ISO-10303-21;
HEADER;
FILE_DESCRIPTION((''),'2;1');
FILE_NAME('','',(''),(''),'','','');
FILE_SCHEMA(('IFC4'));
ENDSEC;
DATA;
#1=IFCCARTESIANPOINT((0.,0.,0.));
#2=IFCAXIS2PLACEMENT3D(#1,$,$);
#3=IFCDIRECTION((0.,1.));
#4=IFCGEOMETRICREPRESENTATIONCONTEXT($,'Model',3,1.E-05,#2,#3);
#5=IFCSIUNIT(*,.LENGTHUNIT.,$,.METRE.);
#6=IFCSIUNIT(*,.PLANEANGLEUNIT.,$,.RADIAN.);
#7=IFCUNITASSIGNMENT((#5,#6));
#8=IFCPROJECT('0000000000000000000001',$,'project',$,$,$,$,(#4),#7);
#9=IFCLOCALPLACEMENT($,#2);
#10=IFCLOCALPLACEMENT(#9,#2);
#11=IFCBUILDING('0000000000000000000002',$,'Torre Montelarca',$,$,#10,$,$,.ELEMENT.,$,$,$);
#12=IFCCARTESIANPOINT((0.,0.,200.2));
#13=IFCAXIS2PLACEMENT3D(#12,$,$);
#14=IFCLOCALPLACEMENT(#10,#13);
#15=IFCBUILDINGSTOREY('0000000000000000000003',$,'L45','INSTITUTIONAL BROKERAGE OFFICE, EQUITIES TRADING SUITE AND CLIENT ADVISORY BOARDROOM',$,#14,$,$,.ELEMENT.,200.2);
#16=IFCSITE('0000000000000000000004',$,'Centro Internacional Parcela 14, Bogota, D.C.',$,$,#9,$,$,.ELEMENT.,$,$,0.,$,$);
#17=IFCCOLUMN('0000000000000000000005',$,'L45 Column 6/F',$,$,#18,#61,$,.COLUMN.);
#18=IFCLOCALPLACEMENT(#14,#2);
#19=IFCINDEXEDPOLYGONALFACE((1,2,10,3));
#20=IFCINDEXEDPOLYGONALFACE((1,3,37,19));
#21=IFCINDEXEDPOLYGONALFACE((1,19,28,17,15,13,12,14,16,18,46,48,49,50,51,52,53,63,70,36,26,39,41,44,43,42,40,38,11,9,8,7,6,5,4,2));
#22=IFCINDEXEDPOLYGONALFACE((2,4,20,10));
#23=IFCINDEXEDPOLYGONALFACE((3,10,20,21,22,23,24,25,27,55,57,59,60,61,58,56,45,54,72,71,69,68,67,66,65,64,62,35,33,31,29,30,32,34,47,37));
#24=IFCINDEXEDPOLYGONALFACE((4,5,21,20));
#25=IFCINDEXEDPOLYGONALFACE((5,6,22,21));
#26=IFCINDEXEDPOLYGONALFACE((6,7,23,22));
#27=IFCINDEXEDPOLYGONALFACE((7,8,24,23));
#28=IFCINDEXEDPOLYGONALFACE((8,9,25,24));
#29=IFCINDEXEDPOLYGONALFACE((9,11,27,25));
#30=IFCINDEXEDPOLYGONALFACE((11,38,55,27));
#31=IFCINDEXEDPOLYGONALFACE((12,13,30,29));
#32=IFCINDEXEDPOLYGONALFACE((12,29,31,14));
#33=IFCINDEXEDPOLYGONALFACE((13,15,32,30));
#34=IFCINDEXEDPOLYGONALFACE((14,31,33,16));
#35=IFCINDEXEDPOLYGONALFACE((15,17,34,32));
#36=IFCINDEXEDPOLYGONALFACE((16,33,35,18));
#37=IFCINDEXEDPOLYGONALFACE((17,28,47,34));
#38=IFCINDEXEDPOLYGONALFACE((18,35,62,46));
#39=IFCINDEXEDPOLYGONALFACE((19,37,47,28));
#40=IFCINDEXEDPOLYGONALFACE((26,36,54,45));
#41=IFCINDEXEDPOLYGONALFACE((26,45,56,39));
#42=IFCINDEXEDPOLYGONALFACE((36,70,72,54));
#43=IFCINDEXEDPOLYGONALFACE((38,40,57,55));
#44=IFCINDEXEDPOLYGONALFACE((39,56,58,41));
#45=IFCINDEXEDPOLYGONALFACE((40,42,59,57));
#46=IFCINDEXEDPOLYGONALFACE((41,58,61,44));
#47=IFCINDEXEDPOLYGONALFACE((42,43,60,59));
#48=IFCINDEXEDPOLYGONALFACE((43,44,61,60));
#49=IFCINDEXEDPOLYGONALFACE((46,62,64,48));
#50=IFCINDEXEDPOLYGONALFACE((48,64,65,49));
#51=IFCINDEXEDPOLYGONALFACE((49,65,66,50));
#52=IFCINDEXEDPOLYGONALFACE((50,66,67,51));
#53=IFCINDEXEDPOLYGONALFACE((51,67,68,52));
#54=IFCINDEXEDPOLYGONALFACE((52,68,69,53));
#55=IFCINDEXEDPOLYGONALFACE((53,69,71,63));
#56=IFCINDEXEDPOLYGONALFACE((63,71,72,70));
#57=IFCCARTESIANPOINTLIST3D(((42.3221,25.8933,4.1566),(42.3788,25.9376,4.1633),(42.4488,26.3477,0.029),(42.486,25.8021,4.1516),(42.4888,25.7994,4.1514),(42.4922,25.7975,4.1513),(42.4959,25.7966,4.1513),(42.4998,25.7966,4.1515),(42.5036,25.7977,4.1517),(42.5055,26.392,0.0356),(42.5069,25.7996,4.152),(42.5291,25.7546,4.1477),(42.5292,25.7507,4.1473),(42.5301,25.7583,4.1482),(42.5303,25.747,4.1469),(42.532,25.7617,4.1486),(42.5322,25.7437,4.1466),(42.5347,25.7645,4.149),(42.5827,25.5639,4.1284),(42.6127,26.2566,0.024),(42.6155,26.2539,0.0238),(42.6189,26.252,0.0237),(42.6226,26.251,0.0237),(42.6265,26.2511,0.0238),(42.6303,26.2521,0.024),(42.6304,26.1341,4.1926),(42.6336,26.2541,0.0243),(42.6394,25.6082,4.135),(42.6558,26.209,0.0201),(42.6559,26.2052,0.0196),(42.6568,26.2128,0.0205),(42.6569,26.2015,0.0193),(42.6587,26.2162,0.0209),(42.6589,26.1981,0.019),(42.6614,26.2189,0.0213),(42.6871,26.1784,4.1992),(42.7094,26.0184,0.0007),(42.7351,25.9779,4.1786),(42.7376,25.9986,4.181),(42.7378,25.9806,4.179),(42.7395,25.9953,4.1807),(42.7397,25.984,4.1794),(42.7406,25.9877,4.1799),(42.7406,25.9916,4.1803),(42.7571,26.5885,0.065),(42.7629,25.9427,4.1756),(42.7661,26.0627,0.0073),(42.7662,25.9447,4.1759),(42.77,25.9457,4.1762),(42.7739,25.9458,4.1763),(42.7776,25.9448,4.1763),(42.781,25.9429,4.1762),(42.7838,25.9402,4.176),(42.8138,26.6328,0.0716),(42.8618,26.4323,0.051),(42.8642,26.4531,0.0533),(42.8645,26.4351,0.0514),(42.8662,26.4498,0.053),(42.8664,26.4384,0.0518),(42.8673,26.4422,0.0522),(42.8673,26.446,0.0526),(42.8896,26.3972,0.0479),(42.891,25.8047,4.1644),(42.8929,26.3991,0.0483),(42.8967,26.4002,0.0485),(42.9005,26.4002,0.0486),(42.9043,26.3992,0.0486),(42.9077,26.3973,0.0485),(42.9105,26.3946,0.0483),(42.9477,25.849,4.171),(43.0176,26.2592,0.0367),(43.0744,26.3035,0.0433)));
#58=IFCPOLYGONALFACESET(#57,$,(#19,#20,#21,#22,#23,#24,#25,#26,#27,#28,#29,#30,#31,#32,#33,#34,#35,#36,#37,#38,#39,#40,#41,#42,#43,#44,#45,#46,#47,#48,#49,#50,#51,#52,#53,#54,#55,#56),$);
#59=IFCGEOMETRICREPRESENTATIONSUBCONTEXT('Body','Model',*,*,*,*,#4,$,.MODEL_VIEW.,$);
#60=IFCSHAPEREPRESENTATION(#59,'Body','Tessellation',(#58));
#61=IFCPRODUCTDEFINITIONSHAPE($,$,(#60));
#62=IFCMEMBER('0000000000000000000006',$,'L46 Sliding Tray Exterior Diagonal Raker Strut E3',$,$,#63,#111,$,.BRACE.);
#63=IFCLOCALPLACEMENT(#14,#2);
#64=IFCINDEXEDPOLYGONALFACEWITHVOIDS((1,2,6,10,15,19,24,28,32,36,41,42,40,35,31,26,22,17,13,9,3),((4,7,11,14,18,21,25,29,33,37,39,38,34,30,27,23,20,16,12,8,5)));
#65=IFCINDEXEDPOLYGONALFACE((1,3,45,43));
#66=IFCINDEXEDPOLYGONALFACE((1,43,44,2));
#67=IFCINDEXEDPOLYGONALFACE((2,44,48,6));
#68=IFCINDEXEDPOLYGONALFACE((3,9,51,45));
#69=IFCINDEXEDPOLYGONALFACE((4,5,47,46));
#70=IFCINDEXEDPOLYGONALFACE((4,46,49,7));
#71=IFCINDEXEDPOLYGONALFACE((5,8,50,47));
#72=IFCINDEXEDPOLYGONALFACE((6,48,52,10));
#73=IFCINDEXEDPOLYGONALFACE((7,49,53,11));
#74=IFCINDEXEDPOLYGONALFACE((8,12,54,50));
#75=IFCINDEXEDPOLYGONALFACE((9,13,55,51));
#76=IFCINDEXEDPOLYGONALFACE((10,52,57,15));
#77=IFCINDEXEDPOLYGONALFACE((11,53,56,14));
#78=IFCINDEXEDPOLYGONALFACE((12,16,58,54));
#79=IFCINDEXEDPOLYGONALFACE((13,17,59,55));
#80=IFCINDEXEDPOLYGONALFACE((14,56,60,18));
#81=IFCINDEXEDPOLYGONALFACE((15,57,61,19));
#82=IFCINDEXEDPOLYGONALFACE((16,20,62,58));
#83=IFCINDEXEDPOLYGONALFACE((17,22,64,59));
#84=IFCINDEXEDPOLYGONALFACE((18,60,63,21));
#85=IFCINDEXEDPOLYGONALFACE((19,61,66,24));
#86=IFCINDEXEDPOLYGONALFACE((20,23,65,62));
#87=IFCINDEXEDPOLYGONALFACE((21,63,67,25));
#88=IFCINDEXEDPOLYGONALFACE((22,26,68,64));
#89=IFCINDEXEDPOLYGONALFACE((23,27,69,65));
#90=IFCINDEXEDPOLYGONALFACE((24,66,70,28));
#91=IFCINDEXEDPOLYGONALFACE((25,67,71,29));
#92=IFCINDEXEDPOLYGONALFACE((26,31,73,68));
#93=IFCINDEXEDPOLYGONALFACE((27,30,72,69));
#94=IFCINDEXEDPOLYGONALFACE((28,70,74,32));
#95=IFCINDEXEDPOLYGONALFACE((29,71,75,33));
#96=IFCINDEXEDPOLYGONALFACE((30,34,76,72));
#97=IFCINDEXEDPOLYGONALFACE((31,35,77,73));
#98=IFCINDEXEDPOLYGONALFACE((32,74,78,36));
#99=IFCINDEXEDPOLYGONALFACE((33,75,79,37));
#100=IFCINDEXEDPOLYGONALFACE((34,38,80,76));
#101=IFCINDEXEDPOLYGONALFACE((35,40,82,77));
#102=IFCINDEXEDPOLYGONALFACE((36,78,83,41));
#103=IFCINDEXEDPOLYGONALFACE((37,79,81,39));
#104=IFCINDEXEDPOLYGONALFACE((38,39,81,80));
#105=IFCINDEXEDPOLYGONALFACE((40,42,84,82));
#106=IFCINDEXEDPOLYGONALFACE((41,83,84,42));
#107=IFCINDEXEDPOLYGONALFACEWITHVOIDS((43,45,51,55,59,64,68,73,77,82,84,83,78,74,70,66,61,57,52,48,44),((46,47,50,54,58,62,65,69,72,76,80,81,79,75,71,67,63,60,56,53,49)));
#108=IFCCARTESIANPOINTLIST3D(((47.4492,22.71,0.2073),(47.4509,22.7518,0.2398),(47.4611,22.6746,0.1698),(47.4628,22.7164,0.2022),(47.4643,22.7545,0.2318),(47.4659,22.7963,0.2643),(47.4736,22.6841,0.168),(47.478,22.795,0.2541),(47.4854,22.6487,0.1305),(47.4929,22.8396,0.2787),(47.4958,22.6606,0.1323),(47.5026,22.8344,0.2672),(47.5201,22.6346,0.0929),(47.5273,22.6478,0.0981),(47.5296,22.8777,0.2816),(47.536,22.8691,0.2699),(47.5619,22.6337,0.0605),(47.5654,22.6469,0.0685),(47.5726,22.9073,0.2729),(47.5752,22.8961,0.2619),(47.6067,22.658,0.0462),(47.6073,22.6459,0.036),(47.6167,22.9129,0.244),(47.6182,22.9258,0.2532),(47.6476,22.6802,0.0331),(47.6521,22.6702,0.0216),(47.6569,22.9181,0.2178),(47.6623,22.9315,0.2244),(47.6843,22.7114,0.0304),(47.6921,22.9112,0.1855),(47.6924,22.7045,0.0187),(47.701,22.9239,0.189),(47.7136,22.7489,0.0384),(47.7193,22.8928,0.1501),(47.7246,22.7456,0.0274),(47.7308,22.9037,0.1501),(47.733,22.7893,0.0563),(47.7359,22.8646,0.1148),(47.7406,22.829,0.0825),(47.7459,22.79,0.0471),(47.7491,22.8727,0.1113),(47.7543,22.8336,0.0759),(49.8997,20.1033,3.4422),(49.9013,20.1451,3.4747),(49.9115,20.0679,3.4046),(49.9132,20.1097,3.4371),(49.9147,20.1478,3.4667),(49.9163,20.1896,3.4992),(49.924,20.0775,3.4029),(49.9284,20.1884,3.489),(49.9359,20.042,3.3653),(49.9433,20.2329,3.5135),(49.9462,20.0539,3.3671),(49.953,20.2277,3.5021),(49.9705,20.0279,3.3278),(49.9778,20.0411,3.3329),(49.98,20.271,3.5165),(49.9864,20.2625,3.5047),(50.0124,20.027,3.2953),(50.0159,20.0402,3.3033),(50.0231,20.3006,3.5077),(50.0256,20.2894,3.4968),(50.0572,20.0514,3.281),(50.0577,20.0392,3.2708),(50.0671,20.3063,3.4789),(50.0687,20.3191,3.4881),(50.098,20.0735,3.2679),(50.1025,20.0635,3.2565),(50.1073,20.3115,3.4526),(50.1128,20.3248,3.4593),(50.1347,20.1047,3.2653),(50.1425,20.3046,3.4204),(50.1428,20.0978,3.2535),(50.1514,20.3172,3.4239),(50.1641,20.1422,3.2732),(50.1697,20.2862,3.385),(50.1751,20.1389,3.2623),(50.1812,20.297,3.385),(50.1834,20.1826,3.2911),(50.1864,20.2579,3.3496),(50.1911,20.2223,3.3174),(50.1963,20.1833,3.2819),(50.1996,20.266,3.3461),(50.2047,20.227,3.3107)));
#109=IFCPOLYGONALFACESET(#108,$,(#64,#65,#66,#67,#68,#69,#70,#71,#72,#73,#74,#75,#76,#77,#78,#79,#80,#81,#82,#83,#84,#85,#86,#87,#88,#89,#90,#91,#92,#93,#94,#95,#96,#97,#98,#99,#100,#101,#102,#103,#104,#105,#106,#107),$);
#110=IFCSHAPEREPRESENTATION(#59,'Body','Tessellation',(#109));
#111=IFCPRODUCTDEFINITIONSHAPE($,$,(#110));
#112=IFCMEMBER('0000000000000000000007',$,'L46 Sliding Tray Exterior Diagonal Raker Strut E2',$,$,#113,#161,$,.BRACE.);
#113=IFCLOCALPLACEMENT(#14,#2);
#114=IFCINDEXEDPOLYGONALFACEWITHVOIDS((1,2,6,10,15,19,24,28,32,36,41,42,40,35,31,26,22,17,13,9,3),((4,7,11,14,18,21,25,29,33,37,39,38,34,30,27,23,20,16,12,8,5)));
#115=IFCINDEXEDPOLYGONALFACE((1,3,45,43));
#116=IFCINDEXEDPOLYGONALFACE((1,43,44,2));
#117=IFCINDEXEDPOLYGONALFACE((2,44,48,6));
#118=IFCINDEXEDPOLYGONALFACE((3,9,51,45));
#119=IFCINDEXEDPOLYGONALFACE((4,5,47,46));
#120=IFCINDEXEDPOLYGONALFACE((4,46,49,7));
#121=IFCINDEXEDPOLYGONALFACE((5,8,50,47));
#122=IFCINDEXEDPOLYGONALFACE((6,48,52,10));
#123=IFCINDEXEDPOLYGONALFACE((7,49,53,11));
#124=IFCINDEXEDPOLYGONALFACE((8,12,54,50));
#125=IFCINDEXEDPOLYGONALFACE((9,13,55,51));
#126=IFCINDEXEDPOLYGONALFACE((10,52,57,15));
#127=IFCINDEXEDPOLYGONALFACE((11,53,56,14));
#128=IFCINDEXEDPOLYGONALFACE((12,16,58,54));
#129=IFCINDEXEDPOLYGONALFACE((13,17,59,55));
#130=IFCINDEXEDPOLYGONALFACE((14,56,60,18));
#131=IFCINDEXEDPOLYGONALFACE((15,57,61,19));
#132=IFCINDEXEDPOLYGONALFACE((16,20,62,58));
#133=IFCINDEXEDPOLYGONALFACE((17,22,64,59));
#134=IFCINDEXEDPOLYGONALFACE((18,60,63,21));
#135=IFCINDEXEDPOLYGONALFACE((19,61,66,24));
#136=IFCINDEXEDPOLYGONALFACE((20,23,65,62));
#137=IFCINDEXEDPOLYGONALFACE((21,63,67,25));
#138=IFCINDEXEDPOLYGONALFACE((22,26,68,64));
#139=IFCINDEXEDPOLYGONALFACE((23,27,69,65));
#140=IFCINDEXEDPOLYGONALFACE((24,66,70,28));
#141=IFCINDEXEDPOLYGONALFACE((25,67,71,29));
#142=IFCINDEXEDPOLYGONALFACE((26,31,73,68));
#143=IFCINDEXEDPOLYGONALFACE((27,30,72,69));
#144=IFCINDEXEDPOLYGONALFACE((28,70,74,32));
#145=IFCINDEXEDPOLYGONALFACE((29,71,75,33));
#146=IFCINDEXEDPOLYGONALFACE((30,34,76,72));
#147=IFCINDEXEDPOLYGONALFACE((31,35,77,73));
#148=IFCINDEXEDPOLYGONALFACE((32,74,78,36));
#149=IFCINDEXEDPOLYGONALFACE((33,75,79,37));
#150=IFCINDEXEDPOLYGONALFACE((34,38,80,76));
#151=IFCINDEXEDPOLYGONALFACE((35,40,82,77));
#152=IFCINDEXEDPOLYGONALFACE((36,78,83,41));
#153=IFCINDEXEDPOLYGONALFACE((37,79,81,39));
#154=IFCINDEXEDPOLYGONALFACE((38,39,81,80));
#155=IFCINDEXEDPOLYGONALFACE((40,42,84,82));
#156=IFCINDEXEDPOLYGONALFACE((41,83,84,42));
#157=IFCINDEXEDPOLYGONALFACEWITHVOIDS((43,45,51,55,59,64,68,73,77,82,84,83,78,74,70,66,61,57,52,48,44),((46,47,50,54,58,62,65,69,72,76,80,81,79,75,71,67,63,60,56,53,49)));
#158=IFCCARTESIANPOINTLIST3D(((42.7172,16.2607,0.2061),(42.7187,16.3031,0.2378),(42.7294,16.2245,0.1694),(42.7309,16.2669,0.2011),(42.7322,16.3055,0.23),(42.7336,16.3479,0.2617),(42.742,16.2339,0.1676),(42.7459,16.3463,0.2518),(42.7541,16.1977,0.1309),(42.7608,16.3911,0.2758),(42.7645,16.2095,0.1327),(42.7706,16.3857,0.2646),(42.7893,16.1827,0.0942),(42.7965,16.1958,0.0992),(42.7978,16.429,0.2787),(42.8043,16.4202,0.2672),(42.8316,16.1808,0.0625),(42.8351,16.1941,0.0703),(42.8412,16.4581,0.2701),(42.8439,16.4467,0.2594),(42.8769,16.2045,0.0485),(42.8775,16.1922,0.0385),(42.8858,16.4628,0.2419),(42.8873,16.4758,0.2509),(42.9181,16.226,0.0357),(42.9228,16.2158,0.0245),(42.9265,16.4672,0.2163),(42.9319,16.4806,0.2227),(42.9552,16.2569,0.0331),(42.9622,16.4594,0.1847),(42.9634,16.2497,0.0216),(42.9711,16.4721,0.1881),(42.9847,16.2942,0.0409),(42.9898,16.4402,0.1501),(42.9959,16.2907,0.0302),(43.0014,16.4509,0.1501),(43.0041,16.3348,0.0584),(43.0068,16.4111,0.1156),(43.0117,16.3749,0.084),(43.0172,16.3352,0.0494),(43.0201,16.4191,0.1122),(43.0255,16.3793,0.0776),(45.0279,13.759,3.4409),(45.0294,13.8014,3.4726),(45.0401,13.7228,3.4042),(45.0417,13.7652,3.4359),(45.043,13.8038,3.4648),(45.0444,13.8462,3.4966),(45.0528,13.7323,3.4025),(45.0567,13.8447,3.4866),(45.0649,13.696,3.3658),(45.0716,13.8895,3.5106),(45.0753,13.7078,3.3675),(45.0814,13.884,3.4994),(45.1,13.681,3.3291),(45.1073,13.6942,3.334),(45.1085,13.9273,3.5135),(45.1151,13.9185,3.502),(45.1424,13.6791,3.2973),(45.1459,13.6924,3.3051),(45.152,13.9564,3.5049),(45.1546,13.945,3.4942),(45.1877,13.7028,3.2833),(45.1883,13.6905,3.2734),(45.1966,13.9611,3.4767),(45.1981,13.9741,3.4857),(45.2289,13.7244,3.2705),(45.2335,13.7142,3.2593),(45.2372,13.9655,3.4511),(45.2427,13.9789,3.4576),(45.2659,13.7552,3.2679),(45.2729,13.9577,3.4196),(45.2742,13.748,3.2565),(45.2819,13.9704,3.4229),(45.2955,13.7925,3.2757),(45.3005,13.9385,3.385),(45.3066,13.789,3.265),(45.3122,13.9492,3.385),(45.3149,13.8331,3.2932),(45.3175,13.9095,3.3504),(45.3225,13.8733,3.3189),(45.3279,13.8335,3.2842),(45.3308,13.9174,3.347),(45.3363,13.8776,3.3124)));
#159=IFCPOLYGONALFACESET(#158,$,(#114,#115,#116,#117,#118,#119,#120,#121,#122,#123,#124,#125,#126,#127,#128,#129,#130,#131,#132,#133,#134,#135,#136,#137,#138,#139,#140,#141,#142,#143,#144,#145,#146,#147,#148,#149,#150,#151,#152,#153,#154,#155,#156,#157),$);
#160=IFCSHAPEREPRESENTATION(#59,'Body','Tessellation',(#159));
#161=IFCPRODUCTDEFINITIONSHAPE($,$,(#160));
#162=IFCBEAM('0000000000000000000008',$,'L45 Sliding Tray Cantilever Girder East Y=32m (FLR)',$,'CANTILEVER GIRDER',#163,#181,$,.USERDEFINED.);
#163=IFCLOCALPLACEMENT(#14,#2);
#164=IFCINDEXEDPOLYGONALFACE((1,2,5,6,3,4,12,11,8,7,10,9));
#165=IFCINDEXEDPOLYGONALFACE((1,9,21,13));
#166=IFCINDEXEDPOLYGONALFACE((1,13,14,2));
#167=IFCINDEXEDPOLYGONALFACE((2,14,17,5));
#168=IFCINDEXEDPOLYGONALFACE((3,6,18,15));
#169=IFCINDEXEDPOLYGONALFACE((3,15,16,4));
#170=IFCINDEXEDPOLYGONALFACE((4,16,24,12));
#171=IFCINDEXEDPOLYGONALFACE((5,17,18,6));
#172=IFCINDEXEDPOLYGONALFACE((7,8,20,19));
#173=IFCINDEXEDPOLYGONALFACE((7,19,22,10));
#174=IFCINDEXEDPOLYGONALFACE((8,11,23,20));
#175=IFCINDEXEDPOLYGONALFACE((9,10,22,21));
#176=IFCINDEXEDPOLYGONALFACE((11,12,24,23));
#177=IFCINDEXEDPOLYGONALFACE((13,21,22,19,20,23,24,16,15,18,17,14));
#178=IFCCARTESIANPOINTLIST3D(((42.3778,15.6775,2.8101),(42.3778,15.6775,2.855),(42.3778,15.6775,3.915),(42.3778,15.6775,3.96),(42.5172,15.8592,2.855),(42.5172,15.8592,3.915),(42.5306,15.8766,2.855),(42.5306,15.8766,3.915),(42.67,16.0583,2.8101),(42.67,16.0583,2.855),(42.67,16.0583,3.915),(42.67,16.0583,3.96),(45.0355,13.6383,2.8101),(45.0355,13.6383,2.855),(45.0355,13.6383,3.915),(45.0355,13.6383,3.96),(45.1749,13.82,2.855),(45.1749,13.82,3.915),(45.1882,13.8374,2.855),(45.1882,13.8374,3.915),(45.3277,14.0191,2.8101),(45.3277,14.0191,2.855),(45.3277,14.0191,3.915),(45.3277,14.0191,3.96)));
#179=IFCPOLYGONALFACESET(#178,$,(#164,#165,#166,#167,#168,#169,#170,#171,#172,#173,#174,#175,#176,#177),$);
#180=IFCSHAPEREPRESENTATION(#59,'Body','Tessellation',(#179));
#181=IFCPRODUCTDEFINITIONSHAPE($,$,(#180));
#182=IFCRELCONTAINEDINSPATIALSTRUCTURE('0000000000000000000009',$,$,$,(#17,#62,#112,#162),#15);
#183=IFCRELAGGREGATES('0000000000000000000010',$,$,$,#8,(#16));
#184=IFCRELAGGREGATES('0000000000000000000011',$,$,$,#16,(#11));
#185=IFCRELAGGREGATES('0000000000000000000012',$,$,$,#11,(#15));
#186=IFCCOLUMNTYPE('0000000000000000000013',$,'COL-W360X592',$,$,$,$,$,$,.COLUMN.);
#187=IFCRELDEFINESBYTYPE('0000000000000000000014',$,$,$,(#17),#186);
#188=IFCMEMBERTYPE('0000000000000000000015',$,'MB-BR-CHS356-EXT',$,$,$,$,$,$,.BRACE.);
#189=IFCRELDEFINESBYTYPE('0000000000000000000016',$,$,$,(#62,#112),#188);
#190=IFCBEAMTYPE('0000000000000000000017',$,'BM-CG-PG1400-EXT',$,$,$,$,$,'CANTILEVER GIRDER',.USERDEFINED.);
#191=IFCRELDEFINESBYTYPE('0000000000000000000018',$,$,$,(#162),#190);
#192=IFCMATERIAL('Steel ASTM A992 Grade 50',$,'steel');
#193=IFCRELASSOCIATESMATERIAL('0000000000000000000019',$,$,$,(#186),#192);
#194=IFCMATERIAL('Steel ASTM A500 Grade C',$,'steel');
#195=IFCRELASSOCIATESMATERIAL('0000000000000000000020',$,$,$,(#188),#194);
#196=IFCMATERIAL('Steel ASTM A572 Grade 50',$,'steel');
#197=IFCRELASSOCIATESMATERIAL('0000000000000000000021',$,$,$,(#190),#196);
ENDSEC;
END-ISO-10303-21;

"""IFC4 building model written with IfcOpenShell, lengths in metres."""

from ifc_helpers import new_model, si_unit, direction, frame, origin, origin_2d, place, context, subcontext, project, spatial, hollow_circle, i_section, extrude, clip, halfspace, source, transform, mapped, material, material_profile, profile_set, type_object, element, save


model = new_model("IFC4")

# Units and contexts
model_context = context("Model", 3, precision=1e-05, world=origin(), true_north=direction((0.0, 1.0)))
body_context = subcontext(model_context, "Body", "Model", "MODEL_VIEW")
ifc_project = project(units=[si_unit("LENGTHUNIT", "METRE"), si_unit("PLANEANGLEUNIT", "RADIAN")], contexts=[model_context])

# Site, building, storey
site_placement = place(None, origin())
site = spatial("IfcSite", under=ifc_project, at=site_placement, Name="Centro Internacional Parcela 14, Bogota, D.C.", CompositionType="ELEMENT", RefElevation=0.0)
building_placement = place(site_placement, origin())
building = spatial("IfcBuilding", under=site, at=building_placement, Name="Torre Montelarca", CompositionType="ELEMENT")
storey_placement = place(building_placement, frame((0.0, 0.0, 200.2)))
storey = spatial("IfcBuildingStorey", under=building, at=storey_placement, Name="L45", Description="INSTITUTIONAL BROKERAGE OFFICE, EQUITIES TRADING SUITE AND CLIENT ADVISORY BOARDROOM", CompositionType="ELEMENT", Elevation=200.2)

# Column
ifc_material_1 = material(Name="Steel ASTM A992 Grade 50", Category="steel")
ifc_material_profile_1 = material_profile(ifc_material_1, i_section(OverallWidth=0.4209, OverallDepth=0.4651, WebThickness=0.0449, FlangeThickness=0.0723, FilletRadius=0.0149, at=origin_2d()), Name="W360X592", Category="steel")
ifc_profile_set_1 = profile_set([ifc_material_profile_1], Name="Steel ASTM A992 Grade 50")
column_type_1 = type_object("IfcColumnType", Name="COL-W360X592", PredefinedType="COLUMN", material=ifc_profile_set_1)
column_1_placement = place(storey_placement, frame((42.7627, 26.3296, 0.0), z_axis=(-0.030494, -0.109385, 0.993532), x_axis=(-0.619063, 0.782465, 0.067147)))
element("IfcColumn", 1, at=column_1_placement, inside=storey, type_object=column_type_1, Name="L45 Column 6/F", PredefinedType="COLUMN", context=body_context, shape_type="Clipping", body=[
    clip(clip(extrude(i_section(OverallWidth=0.4209, OverallDepth=0.4651, WebThickness=0.0449, FlangeThickness=0.0723, FilletRadius=0.0149, at=origin_2d()), origin(), (0.0, 0.0, 1.0), 4.2273), halfspace(frame((0.0, 0.0, 0.0364), z_axis=(0.0, 0.0, -1.0), x_axis=(1.0, 0.0, 0.0)), False)), halfspace(frame((0.0, 0.0, 4.1909), z_axis=(0.0, 0.0, 1.0), x_axis=(1.0, 0.0, 0.0)), False)),
])

# Members
ifc_material_2 = material(Name="Steel ASTM A500 Grade C", Category="steel")
ifc_material_profile_2 = material_profile(ifc_material_2, hollow_circle(Radius=0.1777, WallThickness=0.0159, at=origin_2d()), Name="HSS355.6X15.9", Category="steel")
ifc_profile_set_2 = profile_set([ifc_material_profile_2], Name="Steel ASTM A500 Grade C")
member_type_1 = type_object("IfcMemberType", Name="MB-BR-CHS356-EXT", PredefinedType="BRACE", material=ifc_profile_set_2)
shared_shape_1 = source(origin(), body_context, "Body", "SweptSolid", [
    extrude(hollow_circle(Radius=0.1777, WallThickness=0.0159, at=origin_2d()), origin(), (0.0, 0.0, 1.0), 4.8232),
])
member_1_placement = place(storey_placement, frame((47.6013, 22.782, 0.1501), z_axis=(0.508046, -0.540442, 0.67068), x_axis=(0.728607, 0.684932, 0.0)))
element("IfcMember", 2, at=member_1_placement, inside=storey, type_object=member_type_1, Name="L46 Sliding Tray Exterior Diagonal Raker Strut E3", PredefinedType="BRACE", context=body_context, shape_type="MappedRepresentation", body=[
    mapped(shared_shape_1, transform((0.0, 0.0, 0.0), scale=1.0)),
])
shared_shape_2 = source(origin(), body_context, "Body", "SweptSolid", [
    extrude(hollow_circle(Radius=0.1777, WallThickness=0.0159, at=origin_2d()), origin(), (0.0, 0.0, 1.0), 4.697),
])
member_2_placement = place(storey_placement, frame((42.8708, 16.3303, 0.1501), z_axis=(0.491962, -0.532608, 0.688695), x_axis=(0.734581, 0.678521, 0.0)))
element("IfcMember", 3, at=member_2_placement, inside=storey, type_object=member_type_1, Name="L46 Sliding Tray Exterior Diagonal Raker Strut E2", PredefinedType="BRACE", context=body_context, shape_type="MappedRepresentation", body=[
    mapped(shared_shape_2, transform((0.0, 0.0, 0.0), scale=1.0)),
])

# Beam
ifc_material_3 = material(Name="Steel ASTM A572 Grade 50", Category="steel")
ifc_material_profile_3 = material_profile(ifc_material_3, i_section(OverallWidth=0.48, OverallDepth=1.1499, WebThickness=0.022, FlangeThickness=0.0449, at=origin_2d()), Name="PG1150X480X22X45", Category="steel")
ifc_profile_set_3 = profile_set([ifc_material_profile_3], Name="Steel ASTM A572 Grade 50")
beam_type_1 = type_object("IfcBeamType", Name="BM-CG-PG1400-EXT", ElementType="CANTILEVER GIRDER", PredefinedType="USERDEFINED", material=ifc_profile_set_3)
shared_shape_3 = source(origin(), body_context, "Body", "SweptSolid", [
    extrude(i_section(OverallWidth=0.48, OverallDepth=1.1499, WebThickness=0.022, FlangeThickness=0.0449, at=origin_2d()), origin(), (0.0, 0.0, 1.0), 3.3499),
])
for number, where, z_axis, x_axis, name in (
    (4, (42.5239, 15.8679, 3.385), (0.793358, -0.608756, 0.0), (0.608756, 0.793358, 0.0), "L45 Sliding Tray Cantilever Girder East Y=32m (FLR)"),
):
    element("IfcBeam", number, at=place(storey_placement, frame(where, z_axis=z_axis, x_axis=x_axis)), inside=storey, type_object=beam_type_1, Name=name, ObjectType="CANTILEVER GIRDER", PredefinedType="USERDEFINED", context=body_context, shape_type="MappedRepresentation", body=[
        mapped(shared_shape_3, transform((0.0, 0.0, 0.0), scale=1.0)),
    ])

save(model, "model.ifc")
